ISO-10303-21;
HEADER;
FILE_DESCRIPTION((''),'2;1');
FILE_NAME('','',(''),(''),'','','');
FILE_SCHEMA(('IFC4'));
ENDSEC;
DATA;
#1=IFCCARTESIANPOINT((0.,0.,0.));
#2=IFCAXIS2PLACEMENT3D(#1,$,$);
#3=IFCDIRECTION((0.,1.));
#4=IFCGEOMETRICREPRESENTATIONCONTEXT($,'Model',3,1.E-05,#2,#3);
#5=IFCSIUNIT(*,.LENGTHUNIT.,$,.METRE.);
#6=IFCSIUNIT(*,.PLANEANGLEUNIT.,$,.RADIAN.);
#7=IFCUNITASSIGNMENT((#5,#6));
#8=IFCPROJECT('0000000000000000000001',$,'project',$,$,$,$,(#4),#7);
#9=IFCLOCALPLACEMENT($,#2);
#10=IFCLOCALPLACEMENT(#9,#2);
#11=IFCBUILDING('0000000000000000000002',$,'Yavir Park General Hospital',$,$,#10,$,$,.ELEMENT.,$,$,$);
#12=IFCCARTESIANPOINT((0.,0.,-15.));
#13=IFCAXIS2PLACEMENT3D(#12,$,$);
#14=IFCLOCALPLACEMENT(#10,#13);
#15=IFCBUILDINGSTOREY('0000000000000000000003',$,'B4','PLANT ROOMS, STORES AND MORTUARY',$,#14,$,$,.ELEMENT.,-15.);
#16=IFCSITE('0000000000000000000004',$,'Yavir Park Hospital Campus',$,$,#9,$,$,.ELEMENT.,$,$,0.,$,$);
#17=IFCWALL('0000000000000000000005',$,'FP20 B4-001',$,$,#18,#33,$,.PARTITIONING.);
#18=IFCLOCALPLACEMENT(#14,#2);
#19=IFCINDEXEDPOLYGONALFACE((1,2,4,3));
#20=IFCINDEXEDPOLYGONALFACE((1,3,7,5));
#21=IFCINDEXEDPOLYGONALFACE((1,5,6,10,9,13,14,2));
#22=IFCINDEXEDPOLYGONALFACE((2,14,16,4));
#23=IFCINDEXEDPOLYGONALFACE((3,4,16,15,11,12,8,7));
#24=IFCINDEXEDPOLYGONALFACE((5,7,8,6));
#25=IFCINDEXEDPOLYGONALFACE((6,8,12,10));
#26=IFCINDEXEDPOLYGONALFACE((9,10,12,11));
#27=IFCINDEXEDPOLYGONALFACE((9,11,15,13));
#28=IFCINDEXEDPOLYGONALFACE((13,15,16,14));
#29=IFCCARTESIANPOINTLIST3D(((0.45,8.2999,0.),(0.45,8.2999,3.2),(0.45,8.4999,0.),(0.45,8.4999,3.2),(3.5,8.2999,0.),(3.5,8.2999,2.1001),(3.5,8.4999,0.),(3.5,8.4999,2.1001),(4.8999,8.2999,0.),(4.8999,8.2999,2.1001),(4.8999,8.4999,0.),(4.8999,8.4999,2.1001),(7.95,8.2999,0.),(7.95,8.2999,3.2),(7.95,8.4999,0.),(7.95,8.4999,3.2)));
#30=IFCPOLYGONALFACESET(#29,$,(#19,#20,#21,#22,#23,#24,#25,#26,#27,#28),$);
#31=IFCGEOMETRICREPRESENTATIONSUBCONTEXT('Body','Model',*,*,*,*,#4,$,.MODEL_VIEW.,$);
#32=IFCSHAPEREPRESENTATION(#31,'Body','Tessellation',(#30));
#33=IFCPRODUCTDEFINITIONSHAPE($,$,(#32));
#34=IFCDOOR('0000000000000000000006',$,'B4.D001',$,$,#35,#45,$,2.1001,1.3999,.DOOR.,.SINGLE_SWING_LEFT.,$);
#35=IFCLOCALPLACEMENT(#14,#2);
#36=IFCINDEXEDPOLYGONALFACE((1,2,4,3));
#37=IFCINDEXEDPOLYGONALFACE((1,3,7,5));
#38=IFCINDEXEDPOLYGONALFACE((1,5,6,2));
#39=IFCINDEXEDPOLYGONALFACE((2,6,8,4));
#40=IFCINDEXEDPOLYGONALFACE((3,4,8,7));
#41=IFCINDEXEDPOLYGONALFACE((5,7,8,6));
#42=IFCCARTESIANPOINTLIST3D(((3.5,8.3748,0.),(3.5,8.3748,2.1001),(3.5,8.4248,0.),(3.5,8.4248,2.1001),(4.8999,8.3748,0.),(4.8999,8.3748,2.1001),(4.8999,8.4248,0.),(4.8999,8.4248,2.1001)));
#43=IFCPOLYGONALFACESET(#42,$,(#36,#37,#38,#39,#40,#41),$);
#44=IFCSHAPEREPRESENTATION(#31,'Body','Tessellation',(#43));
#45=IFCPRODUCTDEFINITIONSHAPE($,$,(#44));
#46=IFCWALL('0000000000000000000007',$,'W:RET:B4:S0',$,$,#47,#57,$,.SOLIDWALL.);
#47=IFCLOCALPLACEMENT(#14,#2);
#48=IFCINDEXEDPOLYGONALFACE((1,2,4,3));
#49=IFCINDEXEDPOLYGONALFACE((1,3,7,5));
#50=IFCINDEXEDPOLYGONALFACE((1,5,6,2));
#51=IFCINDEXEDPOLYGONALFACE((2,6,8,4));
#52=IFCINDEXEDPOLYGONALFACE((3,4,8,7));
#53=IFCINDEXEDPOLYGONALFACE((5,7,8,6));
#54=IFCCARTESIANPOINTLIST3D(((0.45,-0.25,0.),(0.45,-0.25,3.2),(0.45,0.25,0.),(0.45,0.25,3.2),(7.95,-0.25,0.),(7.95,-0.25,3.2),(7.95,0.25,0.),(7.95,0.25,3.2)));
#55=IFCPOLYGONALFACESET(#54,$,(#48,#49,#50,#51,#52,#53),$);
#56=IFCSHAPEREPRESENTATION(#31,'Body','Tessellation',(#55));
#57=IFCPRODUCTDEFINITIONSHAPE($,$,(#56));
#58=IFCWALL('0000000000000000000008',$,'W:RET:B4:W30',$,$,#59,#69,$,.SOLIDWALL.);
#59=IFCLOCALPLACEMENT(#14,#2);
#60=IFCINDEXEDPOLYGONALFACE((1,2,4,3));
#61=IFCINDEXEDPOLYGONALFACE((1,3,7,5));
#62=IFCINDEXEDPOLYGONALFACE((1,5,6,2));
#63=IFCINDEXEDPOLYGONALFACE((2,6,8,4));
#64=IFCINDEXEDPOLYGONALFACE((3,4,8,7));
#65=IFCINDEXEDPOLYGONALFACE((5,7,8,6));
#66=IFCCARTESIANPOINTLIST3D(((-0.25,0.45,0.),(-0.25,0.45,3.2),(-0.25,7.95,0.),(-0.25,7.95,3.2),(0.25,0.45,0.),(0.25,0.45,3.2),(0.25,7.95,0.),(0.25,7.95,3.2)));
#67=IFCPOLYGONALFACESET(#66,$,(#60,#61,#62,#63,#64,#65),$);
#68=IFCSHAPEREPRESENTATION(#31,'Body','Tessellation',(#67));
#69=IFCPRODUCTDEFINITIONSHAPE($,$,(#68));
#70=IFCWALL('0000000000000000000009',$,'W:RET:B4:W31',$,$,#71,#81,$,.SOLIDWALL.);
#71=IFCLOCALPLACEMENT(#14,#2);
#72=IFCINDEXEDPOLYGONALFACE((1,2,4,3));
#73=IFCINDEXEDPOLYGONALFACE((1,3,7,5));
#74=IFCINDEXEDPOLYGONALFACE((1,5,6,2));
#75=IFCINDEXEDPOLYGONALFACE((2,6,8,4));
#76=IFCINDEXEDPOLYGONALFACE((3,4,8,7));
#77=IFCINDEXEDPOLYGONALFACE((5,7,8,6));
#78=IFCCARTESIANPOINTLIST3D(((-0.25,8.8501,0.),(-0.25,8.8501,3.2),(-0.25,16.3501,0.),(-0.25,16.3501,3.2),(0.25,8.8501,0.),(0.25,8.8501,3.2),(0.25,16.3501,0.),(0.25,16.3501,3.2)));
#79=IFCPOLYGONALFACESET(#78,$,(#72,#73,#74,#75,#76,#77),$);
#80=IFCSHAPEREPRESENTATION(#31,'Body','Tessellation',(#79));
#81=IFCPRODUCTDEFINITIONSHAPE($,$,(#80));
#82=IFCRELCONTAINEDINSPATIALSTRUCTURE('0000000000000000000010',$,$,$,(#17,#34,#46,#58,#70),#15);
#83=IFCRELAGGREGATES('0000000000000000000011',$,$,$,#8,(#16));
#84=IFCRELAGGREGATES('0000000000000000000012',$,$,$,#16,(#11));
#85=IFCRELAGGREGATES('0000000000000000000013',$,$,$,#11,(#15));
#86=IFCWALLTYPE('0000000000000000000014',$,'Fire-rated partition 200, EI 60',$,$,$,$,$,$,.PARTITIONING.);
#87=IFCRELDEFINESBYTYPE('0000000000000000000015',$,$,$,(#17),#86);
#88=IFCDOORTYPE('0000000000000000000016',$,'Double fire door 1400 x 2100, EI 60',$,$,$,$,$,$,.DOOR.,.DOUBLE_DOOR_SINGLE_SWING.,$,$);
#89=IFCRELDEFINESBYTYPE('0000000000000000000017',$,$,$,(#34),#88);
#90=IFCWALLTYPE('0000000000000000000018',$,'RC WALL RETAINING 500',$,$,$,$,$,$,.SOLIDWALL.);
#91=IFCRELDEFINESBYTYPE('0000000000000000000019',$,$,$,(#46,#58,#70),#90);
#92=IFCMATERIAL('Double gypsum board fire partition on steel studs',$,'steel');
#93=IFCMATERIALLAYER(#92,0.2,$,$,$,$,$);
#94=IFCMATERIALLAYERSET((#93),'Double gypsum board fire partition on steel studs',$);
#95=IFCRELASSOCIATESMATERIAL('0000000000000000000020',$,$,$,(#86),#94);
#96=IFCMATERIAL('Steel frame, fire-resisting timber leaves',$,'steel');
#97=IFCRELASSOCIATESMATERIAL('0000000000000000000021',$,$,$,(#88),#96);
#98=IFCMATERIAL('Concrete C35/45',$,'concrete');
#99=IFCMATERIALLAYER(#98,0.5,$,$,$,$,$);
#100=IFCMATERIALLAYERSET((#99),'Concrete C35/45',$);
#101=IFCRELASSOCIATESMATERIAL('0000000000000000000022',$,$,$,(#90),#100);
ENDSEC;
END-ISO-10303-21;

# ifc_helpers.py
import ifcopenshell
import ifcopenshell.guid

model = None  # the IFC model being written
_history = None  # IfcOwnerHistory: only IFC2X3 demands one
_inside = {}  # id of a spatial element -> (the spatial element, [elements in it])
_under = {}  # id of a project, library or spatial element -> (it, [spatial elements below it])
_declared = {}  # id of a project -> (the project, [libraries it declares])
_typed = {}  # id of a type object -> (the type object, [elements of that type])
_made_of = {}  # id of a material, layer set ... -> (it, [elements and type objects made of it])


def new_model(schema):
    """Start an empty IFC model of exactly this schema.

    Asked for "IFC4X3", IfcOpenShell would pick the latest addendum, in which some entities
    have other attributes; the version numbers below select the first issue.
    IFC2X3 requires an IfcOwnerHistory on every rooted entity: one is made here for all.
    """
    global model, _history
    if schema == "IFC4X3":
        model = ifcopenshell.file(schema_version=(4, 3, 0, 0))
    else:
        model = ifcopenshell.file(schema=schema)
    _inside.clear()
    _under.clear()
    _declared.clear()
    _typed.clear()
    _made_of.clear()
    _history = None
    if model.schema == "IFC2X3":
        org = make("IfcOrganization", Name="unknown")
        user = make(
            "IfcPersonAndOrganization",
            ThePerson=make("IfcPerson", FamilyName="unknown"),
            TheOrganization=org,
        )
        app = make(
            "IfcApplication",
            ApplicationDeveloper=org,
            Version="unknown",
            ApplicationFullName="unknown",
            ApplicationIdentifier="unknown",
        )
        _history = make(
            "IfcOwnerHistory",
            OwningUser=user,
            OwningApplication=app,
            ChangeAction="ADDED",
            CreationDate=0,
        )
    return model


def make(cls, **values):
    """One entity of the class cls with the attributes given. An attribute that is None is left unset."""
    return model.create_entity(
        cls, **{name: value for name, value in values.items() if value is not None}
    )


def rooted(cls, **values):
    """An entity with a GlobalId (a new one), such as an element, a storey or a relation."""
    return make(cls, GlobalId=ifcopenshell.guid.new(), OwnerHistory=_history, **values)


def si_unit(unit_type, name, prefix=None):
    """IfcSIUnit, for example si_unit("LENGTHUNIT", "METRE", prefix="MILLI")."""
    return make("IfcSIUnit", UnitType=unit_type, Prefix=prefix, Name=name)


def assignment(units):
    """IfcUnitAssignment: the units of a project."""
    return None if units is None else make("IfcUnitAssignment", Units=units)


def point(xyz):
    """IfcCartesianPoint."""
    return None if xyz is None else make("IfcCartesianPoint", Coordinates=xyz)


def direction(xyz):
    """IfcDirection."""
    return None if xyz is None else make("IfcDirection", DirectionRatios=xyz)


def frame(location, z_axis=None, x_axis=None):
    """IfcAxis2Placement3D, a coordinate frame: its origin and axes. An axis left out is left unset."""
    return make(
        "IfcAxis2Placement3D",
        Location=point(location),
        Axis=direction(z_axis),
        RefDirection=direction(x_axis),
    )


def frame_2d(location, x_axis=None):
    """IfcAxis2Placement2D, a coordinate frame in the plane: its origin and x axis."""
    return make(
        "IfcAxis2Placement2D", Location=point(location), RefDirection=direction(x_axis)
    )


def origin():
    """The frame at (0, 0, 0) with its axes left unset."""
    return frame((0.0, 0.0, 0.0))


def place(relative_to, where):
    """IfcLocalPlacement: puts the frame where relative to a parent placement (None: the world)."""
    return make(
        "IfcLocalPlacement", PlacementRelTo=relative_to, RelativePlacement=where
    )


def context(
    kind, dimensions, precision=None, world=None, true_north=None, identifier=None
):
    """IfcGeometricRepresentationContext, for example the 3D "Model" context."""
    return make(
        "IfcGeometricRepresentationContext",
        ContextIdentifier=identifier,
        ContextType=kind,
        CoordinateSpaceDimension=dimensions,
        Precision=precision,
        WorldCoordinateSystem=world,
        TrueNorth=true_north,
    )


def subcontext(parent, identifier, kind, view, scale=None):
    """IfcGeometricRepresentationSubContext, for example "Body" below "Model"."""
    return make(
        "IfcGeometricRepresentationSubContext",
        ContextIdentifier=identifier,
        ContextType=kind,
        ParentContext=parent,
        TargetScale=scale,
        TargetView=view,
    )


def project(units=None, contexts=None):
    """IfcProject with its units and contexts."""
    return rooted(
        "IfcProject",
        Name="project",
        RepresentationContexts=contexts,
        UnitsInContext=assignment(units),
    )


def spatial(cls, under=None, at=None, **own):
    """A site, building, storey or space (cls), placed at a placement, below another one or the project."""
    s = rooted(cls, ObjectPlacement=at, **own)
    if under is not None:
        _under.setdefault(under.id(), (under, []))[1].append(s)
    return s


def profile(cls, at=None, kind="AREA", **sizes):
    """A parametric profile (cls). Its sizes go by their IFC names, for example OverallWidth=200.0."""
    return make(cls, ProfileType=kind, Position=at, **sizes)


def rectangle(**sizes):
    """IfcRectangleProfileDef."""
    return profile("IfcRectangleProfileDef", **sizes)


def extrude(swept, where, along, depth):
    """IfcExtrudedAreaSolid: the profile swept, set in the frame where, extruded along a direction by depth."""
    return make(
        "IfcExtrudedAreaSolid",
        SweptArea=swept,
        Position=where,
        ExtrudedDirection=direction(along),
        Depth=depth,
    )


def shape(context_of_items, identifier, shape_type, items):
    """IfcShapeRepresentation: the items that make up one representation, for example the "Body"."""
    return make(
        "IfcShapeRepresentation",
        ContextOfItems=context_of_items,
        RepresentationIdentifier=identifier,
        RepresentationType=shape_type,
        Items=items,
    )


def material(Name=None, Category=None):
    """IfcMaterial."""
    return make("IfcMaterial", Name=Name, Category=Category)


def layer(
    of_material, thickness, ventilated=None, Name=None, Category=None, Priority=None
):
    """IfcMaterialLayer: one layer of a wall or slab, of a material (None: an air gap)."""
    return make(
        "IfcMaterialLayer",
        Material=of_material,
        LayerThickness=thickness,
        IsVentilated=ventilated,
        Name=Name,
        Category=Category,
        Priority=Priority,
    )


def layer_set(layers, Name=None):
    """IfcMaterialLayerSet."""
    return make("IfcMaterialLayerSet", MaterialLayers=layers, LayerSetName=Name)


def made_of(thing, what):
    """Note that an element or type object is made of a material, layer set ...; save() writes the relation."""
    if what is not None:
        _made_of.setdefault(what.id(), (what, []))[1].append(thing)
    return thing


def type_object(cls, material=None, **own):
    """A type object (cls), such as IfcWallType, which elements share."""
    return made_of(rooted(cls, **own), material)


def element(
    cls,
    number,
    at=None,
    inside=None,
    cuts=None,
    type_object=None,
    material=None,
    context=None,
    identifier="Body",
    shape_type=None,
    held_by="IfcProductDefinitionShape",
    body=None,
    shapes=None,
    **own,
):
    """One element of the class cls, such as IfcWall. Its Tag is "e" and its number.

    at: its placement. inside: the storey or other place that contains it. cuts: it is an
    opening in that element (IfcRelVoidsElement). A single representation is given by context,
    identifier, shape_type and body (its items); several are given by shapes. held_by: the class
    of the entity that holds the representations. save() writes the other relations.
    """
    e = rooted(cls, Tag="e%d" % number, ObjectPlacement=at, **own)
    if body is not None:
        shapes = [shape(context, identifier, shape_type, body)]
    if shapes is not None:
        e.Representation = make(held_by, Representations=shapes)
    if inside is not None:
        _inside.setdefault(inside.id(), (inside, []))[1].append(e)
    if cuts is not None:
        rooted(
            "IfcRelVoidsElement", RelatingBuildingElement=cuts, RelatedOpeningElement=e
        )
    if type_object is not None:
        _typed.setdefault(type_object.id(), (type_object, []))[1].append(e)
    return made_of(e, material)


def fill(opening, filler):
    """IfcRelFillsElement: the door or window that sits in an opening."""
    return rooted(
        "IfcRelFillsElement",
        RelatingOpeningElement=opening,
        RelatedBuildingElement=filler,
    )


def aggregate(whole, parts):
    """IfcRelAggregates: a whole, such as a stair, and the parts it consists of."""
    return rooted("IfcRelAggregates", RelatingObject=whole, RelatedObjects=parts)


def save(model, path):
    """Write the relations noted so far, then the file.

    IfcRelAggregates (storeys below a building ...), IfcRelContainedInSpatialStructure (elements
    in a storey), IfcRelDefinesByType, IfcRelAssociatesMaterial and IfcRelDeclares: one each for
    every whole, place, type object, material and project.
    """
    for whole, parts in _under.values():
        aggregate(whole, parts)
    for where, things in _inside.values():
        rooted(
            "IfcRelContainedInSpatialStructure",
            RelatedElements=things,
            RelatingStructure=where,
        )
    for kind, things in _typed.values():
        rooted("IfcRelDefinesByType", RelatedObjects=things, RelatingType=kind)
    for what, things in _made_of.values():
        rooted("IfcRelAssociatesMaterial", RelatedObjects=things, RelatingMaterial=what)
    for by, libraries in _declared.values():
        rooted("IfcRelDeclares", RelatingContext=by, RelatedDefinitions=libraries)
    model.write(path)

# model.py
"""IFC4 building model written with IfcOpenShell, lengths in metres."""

from ifc_helpers import new_model, si_unit, direction, frame, frame_2d, origin, place, context, subcontext, project, spatial, rectangle, extrude, material, layer, layer_set, type_object, element, fill, save


model = new_model("IFC4")

# Units and contexts
model_context = context("Model", 3, precision=1e-05, world=origin(), true_north=direction((0.0, 1.0)))
body_context = subcontext(model_context, "Body", "Model", "MODEL_VIEW")
ifc_project = project(units=[si_unit("LENGTHUNIT", "METRE"), si_unit("PLANEANGLEUNIT", "RADIAN")], contexts=[model_context])

# Site, building, storey
site_placement = place(None, origin())
site = spatial("IfcSite", under=ifc_project, at=site_placement, Name="Yavir Park Hospital Campus", CompositionType="ELEMENT", RefElevation=0.0)
building_placement = place(site_placement, origin())
building = spatial("IfcBuilding", under=site, at=building_placement, Name="Yavir Park General Hospital", CompositionType="ELEMENT")
storey_placement = place(building_placement, frame((0.0, 0.0, -15.0)))
storey = spatial("IfcBuildingStorey", under=building, at=storey_placement, Name="B4", Description="PLANT ROOMS, STORES AND MORTUARY", CompositionType="ELEMENT", Elevation=-15.0)

# Wall, opening, door
ifc_material_1 = material(Name="Double gypsum board fire partition on steel studs", Category="steel")
ifc_layer_1 = layer(ifc_material_1, 0.2)
ifc_layer_set_1 = layer_set([ifc_layer_1], Name="Double gypsum board fire partition on steel studs")
wall_type_1 = type_object("IfcWallType", Name="Fire-rated partition 200, EI 60", PredefinedType="PARTITIONING", material=ifc_layer_set_1)
wall_placement = place(storey_placement, frame((0.45, 8.3999, 0.0), z_axis=(0.0, 0.0, 1.0), x_axis=(1.0, 0.0, 0.0)))
wall = element("IfcWall", 1, at=wall_placement, inside=storey, type_object=wall_type_1, Name="FP20 B4-001", PredefinedType="PARTITIONING", context=body_context, shape_type="SweptSolid", body=[
    extrude(rectangle(XDim=7.5, YDim=0.2, at=frame_2d((3.75, 0.0))), origin(), (0.0, 0.0, 1.0), 3.2),
])
opening_placement = place(wall_placement, frame((3.05, 0.0, 0.0)))
opening = element("IfcOpeningElement", 2, at=opening_placement, cuts=wall, PredefinedType="OPENING", context=body_context, shape_type="SweptSolid", body=[
    extrude(rectangle(XDim=1.3999, YDim=2.1001, at=frame_2d((0.7, 1.05))), frame((0.0, 0.1099, 0.0), z_axis=(0.0, -1.0, 0.0), x_axis=(1.0, 0.0, 0.0)), (0.0, 0.0, 1.0), 0.22),
])
ifc_material_2 = material(Name="Steel frame, fire-resisting timber leaves", Category="steel")
door_type = type_object("IfcDoorType", Name="Double fire door 1400 x 2100, EI 60", OperationType="DOUBLE_DOOR_SINGLE_SWING", PredefinedType="DOOR", material=ifc_material_2)
door_placement = place(opening_placement, origin())
door = element("IfcDoor", 3, at=door_placement, inside=storey, type_object=door_type, Name="B4.D001", OperationType="SINGLE_SWING_LEFT", OverallHeight=2.1001, OverallWidth=1.3999, PredefinedType="DOOR", context=body_context, shape_type="SweptSolid", body=[
    extrude(rectangle(XDim=1.3999, YDim=2.1001, at=frame_2d((0.7, 1.05))), frame((0.0, 0.0249, 0.0), z_axis=(0.0, -1.0, 0.0), x_axis=(1.0, 0.0, 0.0)), (0.0, 0.0, 1.0), 0.05),
])
fill(opening, door)

# Walls
ifc_material_3 = material(Name="Concrete C35/45", Category="concrete")
ifc_layer_2 = layer(ifc_material_3, 0.5)
ifc_layer_set_2 = layer_set([ifc_layer_2], Name="Concrete C35/45")
wall_type_2 = type_object("IfcWallType", Name="RC WALL RETAINING 500", PredefinedType="SOLIDWALL", material=ifc_layer_set_2)
for number, where, z_axis, x_axis, name in (
    (4, (0.45, 0.0, 0.0), (0.0, 0.0, 1.0), (1.0, 0.0, 0.0), "W:RET:B4:S0"),
    (5, (0.0, 0.45, 0.0), (0.0, 0.0, 1.0), (0.0, 1.0, 0.0), "W:RET:B4:W30"),
    (6, (0.0, 8.8501, 0.0), (0.0, 0.0, 1.0), (0.0, 1.0, 0.0), "W:RET:B4:W31"),
):
    element("IfcWall", number, at=place(storey_placement, frame(where, z_axis=z_axis, x_axis=x_axis)), inside=storey, type_object=wall_type_2, Name=name, PredefinedType="SOLIDWALL", context=body_context, shape_type="SweptSolid", body=[
        extrude(rectangle(XDim=7.5, YDim=0.5, at=frame_2d((3.75, 0.0))), origin(), (0.0, 0.0, 1.0), 3.2),
    ])

save(model, "model.ifc")
